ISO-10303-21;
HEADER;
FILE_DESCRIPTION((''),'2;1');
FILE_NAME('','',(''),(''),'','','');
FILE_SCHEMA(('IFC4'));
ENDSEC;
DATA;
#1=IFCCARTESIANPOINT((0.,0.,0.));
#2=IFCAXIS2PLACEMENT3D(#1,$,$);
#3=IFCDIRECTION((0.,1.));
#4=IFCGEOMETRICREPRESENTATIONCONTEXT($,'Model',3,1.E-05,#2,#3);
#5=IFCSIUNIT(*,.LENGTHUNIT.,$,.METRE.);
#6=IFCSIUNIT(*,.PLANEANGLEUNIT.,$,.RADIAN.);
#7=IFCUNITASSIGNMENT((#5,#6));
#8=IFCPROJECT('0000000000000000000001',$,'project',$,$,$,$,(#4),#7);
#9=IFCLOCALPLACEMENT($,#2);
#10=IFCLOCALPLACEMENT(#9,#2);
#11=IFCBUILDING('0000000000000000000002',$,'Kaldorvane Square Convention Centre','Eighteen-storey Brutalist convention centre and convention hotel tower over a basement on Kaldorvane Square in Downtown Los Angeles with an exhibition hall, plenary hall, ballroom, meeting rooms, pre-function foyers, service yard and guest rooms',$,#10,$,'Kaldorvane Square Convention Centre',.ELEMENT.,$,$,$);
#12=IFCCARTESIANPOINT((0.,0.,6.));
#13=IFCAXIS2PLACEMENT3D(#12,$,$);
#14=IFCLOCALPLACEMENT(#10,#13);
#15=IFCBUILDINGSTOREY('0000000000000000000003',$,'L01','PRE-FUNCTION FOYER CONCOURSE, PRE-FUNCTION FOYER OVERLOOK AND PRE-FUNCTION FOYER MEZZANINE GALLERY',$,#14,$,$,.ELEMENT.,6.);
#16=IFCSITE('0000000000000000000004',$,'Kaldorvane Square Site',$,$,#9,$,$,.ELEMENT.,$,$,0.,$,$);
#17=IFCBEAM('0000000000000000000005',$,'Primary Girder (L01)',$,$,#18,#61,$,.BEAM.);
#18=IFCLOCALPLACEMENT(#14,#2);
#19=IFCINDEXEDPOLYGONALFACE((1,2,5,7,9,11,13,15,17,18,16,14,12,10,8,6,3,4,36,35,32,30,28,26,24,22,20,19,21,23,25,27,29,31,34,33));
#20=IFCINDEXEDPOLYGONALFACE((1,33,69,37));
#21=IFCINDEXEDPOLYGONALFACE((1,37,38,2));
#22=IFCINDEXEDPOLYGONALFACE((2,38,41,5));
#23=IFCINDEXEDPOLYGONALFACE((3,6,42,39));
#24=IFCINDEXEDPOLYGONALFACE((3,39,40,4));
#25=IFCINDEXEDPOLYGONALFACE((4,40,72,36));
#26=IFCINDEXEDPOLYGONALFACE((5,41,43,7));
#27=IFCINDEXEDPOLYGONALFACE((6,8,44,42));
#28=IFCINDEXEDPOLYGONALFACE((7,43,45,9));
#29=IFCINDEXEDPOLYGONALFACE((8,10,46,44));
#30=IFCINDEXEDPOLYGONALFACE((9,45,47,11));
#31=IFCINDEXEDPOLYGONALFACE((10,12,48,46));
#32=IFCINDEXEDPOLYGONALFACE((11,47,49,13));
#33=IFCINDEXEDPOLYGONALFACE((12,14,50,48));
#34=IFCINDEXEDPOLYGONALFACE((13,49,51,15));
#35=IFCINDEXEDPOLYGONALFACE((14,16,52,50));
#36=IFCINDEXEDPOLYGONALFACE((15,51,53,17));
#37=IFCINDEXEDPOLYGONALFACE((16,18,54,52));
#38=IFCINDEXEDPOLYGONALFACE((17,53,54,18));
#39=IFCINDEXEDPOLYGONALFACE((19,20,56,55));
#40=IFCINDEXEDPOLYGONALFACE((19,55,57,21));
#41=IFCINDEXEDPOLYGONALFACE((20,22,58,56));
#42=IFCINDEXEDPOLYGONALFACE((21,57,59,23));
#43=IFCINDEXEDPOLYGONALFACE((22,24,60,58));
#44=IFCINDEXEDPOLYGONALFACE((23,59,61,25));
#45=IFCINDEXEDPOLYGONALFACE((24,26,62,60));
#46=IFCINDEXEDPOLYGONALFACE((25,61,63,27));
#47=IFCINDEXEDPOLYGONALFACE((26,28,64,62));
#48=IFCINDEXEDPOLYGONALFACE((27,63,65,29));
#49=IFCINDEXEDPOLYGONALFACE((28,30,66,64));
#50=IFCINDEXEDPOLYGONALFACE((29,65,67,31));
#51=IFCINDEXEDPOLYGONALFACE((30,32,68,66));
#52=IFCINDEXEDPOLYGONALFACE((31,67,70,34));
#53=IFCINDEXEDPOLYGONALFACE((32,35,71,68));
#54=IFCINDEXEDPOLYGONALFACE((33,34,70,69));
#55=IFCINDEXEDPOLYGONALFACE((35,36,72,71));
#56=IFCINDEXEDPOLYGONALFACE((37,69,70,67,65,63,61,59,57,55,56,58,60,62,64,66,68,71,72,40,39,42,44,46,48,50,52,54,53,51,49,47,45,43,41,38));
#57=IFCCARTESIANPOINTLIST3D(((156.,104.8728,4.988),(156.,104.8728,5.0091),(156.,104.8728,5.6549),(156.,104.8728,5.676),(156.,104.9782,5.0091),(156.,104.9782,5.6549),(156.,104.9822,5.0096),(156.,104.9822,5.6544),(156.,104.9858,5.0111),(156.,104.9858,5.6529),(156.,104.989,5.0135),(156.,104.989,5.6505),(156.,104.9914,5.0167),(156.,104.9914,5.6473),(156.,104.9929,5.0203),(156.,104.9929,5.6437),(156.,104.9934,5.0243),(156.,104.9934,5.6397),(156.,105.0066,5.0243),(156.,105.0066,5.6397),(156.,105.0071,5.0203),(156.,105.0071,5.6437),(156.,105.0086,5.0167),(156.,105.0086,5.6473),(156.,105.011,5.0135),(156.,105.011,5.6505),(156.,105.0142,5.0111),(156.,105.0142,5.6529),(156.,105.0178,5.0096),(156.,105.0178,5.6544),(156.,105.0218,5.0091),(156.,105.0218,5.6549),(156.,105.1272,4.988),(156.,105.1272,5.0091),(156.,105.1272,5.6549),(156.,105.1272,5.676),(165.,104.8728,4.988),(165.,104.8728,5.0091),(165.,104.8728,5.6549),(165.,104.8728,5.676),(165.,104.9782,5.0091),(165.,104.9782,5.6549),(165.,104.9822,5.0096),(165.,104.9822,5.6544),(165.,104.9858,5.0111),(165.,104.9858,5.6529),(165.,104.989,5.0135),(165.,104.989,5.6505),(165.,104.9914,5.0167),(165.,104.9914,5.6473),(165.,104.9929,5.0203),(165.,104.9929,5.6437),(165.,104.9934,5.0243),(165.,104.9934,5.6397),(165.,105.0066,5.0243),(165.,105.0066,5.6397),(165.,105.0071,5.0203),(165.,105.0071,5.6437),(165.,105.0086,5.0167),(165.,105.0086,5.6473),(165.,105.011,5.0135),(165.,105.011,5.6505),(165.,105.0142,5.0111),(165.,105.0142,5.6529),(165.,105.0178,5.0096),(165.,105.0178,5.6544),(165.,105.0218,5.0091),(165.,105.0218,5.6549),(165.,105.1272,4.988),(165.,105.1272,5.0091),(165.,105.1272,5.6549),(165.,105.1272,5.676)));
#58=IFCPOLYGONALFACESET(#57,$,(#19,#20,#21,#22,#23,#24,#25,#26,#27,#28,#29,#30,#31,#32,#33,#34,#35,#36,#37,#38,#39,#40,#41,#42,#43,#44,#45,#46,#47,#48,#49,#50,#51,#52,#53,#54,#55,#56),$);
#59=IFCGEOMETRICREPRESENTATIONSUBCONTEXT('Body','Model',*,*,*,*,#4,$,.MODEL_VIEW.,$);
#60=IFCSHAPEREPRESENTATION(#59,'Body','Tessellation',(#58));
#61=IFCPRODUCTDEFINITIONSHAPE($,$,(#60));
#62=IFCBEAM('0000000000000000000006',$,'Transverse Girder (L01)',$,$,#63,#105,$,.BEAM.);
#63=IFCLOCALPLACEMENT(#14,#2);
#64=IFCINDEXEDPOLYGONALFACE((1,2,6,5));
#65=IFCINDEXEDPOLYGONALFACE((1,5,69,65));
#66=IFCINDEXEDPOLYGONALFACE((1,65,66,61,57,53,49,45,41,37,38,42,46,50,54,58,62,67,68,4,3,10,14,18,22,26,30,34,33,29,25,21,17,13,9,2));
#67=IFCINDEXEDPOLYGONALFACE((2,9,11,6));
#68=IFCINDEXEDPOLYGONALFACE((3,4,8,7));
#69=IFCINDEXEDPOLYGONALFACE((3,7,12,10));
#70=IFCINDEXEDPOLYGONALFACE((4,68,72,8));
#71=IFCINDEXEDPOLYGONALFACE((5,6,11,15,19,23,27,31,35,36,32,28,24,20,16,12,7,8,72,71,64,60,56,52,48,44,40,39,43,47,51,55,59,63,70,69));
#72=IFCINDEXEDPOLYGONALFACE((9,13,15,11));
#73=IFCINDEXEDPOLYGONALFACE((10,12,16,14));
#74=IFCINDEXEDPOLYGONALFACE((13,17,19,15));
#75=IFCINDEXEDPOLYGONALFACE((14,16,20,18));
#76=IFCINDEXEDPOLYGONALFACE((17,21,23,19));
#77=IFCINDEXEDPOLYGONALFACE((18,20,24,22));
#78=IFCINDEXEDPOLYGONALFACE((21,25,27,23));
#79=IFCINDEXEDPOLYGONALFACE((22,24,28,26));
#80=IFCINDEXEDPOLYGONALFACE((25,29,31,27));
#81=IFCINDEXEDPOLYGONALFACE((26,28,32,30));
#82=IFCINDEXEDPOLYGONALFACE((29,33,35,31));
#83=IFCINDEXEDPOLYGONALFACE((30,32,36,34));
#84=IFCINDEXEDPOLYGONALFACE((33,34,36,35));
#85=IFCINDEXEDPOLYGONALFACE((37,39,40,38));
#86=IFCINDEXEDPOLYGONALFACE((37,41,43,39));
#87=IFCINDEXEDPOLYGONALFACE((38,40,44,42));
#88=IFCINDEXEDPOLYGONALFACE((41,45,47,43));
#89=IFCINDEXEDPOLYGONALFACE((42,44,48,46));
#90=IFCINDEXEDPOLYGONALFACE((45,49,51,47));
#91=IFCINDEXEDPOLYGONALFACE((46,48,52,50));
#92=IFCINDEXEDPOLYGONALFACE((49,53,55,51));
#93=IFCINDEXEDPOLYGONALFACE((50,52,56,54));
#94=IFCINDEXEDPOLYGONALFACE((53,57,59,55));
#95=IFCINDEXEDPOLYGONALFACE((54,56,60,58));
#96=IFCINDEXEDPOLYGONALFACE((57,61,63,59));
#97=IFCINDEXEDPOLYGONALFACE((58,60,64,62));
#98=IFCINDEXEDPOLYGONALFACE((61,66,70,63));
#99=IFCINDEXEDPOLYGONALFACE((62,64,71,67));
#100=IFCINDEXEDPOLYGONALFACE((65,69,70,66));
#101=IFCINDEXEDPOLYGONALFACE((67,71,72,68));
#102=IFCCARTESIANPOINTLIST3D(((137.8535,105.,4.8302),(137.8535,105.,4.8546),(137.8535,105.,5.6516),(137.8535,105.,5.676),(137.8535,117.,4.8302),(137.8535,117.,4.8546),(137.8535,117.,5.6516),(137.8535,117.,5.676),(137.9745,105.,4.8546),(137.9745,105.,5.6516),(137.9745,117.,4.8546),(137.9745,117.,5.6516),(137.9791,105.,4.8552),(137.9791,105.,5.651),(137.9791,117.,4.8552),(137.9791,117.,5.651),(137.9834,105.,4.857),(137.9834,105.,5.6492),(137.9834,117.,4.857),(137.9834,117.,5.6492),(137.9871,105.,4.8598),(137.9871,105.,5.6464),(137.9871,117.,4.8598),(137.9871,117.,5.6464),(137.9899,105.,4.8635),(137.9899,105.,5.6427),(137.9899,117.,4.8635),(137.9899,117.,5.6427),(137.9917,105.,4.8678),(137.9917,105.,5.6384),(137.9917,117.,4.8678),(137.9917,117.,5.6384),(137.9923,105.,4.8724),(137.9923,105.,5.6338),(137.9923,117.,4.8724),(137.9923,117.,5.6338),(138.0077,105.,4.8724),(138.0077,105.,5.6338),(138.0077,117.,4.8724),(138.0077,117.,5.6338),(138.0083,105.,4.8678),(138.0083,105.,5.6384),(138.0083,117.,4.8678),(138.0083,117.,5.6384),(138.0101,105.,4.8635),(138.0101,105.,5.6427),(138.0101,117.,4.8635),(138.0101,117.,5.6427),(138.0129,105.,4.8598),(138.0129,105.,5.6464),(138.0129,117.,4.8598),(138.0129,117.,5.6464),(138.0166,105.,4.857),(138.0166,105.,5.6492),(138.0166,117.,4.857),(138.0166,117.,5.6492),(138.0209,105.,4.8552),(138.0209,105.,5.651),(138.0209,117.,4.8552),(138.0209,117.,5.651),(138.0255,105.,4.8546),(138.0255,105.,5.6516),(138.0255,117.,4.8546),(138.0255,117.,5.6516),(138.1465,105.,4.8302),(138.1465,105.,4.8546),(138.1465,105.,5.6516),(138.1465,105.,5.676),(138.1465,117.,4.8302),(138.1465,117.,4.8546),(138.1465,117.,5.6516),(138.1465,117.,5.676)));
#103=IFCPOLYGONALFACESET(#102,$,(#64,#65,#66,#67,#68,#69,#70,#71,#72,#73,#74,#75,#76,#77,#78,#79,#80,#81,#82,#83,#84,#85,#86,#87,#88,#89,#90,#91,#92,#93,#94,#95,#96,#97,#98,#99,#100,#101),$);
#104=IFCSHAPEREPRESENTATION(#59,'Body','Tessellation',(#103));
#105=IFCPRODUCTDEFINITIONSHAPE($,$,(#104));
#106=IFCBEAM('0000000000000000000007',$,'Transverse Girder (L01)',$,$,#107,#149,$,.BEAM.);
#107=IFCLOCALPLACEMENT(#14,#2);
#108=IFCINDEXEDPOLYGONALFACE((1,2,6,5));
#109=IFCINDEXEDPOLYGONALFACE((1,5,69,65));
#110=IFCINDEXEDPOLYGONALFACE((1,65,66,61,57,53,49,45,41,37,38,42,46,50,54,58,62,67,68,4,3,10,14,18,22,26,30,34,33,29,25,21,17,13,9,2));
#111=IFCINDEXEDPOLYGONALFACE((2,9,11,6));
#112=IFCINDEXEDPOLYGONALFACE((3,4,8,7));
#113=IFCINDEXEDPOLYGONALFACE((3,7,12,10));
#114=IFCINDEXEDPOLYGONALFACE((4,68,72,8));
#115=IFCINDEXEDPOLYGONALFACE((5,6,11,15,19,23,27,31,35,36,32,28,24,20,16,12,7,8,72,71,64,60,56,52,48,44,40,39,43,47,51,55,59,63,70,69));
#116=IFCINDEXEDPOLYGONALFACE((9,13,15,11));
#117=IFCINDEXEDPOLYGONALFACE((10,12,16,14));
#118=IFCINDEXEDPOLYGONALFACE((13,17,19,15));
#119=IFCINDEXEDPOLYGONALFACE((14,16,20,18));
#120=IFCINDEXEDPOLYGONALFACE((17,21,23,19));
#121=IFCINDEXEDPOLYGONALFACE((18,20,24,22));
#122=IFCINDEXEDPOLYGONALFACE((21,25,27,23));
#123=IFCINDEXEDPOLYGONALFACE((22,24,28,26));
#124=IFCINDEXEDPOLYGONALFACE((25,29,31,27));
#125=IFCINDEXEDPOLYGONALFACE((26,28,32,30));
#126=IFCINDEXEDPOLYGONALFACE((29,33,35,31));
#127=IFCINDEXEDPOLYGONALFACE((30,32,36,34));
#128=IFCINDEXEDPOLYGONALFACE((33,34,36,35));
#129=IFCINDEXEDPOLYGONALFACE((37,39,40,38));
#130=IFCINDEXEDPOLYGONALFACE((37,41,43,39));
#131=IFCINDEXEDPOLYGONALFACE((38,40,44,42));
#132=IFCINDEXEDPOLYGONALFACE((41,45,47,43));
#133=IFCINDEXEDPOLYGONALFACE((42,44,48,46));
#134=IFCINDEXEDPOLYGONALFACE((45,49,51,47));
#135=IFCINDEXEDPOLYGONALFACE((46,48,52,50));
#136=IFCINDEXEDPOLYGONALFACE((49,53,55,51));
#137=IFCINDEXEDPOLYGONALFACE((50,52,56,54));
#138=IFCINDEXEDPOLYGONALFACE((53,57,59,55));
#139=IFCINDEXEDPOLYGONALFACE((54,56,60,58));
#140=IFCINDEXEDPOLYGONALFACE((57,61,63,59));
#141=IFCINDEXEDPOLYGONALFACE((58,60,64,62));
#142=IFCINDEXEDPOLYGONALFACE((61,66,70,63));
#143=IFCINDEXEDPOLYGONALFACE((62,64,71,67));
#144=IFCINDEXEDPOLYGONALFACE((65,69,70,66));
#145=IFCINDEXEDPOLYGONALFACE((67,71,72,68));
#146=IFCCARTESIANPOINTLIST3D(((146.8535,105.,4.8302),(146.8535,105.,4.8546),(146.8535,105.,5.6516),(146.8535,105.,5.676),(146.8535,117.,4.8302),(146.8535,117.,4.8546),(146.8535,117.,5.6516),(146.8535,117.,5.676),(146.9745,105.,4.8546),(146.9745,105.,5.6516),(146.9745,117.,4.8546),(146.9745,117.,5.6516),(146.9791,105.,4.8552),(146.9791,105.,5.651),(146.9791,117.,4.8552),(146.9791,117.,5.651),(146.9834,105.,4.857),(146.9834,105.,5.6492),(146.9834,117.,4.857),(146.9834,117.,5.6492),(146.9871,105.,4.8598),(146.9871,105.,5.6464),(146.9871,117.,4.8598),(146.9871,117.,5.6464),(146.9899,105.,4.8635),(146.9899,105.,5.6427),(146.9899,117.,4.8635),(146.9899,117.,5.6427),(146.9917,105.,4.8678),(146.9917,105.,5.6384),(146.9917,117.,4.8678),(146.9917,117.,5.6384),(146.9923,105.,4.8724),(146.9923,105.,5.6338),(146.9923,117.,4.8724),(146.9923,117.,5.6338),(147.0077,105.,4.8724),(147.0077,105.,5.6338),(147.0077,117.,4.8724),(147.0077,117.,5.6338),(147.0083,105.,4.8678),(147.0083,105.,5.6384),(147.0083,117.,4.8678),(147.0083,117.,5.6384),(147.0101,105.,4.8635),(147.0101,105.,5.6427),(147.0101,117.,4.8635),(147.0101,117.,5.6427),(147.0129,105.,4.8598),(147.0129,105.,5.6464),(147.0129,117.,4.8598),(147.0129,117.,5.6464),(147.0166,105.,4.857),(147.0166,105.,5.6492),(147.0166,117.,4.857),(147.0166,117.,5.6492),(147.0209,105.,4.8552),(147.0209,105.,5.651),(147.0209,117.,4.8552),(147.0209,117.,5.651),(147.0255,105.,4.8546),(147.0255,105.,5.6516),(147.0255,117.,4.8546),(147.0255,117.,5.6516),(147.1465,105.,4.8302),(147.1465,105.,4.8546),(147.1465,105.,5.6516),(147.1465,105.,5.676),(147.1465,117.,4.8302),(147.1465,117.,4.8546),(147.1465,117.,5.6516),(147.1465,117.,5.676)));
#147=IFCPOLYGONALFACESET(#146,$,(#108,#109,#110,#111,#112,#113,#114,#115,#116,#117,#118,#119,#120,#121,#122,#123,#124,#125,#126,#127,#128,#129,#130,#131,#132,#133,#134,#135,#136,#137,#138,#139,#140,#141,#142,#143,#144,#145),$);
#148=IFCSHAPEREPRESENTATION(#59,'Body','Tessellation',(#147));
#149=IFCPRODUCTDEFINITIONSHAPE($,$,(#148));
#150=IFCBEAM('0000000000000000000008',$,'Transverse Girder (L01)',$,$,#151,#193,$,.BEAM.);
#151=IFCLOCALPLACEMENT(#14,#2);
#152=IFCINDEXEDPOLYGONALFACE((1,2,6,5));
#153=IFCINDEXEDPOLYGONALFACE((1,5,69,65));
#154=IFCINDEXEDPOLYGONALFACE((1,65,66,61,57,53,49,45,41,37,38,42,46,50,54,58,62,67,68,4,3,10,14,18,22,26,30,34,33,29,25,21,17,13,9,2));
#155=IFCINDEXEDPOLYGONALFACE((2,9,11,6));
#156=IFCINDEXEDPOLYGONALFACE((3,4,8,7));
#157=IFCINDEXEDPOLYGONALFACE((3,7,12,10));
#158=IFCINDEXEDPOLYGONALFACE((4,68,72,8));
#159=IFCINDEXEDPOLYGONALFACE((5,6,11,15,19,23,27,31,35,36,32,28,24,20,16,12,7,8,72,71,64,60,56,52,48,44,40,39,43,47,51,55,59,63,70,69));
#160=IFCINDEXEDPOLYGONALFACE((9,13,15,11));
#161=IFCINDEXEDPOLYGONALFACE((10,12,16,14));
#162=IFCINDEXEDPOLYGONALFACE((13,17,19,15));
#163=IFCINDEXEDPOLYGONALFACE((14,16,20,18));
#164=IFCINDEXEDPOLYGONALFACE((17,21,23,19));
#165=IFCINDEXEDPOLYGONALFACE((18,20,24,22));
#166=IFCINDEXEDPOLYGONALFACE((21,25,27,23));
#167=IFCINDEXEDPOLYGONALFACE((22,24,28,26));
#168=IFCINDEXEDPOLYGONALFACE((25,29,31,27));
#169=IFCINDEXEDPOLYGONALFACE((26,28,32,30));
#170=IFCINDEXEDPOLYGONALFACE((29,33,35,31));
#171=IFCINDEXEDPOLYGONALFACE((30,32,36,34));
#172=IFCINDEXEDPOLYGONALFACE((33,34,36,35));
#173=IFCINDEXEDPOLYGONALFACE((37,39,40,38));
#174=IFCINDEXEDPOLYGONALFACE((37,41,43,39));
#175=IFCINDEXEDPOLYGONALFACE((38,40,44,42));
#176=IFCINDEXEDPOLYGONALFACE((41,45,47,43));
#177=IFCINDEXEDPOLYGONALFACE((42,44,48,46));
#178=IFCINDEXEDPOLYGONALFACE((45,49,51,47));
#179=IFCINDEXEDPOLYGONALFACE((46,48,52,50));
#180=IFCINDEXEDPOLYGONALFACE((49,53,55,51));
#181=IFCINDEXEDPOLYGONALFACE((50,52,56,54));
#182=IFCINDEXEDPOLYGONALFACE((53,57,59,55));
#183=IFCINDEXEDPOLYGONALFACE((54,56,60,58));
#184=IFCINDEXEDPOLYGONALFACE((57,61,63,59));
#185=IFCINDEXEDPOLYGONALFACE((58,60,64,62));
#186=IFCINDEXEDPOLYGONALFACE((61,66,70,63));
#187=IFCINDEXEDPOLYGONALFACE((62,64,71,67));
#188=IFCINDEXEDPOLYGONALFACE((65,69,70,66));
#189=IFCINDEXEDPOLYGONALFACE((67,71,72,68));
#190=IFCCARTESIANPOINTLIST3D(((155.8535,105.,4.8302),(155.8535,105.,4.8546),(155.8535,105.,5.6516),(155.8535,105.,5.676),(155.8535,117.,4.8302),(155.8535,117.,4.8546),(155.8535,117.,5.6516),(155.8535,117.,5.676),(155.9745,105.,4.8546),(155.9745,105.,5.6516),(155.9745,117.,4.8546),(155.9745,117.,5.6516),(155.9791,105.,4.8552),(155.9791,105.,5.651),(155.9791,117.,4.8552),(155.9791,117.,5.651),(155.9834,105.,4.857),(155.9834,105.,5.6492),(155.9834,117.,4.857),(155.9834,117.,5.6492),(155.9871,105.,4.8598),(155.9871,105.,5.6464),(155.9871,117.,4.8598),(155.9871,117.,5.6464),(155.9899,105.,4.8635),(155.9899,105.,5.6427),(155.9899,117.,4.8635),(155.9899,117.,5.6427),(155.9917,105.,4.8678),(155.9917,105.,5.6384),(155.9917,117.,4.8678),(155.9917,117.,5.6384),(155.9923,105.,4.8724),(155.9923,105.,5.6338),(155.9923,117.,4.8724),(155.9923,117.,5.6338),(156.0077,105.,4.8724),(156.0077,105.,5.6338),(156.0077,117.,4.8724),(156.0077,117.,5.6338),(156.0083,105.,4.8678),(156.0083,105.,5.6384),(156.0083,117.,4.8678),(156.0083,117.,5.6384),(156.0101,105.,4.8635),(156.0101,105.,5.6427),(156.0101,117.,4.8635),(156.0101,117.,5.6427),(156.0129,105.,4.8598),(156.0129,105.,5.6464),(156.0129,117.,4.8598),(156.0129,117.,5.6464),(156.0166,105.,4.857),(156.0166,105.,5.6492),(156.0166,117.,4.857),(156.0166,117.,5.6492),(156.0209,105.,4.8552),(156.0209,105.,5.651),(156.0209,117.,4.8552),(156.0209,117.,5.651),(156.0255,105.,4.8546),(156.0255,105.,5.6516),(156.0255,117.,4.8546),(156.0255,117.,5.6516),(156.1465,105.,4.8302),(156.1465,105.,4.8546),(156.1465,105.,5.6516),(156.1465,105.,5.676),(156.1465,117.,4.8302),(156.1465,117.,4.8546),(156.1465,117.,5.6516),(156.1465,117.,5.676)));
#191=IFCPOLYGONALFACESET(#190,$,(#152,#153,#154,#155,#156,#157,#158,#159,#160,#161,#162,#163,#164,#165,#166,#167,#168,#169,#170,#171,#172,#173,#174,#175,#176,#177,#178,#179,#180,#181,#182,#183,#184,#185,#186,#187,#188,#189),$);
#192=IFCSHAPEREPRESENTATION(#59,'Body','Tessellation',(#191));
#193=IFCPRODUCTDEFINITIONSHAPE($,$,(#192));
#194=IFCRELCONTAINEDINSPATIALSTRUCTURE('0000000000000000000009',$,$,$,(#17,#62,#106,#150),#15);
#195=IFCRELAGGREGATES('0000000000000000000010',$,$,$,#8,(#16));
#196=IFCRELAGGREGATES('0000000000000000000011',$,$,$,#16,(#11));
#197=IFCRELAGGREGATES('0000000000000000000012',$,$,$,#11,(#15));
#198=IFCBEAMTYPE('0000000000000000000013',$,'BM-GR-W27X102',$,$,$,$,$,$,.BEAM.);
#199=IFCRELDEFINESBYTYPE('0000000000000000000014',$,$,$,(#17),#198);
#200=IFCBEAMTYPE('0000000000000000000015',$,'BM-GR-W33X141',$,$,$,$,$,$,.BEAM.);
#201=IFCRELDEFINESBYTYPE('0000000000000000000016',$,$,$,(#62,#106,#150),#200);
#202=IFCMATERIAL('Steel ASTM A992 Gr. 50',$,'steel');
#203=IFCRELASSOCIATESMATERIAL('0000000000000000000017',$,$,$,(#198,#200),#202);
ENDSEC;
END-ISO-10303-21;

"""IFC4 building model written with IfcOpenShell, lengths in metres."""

from ifc_helpers import new_model, si_unit, direction, frame, origin, origin_2d, place, context, subcontext, project, spatial, i_section, extrude, material, material_profile, profile_set, type_object, element, save


model = new_model("IFC4")

# Units and contexts
model_context = context("Model", 3, precision=1e-05, world=origin(), true_north=direction((0.0, 1.0)))
body_context = subcontext(model_context, "Body", "Model", "MODEL_VIEW")
ifc_project = project(units=[si_unit("LENGTHUNIT", "METRE"), si_unit("PLANEANGLEUNIT", "RADIAN")], contexts=[model_context])

# Site, building, storey
site_placement = place(None, origin())
site = spatial("IfcSite", under=ifc_project, at=site_placement, Name="Kaldorvane Square Site", CompositionType="ELEMENT", RefElevation=0.0)
building_placement = place(site_placement, origin())
building = spatial("IfcBuilding", under=site, at=building_placement, Name="Kaldorvane Square Convention Centre", Description="Eighteen-storey Brutalist convention centre and convention hotel tower over a basement on Kaldorvane Square in Downtown Los Angeles with an exhibition hall, plenary hall, ballroom, meeting rooms, pre-function foyers, service yard and guest rooms", LongName="Kaldorvane Square Convention Centre", CompositionType="ELEMENT")
storey_placement = place(building_placement, frame((0.0, 0.0, 6.0)))
storey = spatial("IfcBuildingStorey", under=building, at=storey_placement, Name="L01", Description="PRE-FUNCTION FOYER CONCOURSE, PRE-FUNCTION FOYER OVERLOOK AND PRE-FUNCTION FOYER MEZZANINE GALLERY", CompositionType="ELEMENT", Elevation=6.0)

# Shared definitions
ifc_material_1 = material(Name="Steel ASTM A992 Gr. 50", Category="steel")

# Beams
ifc_material_profile_1 = material_profile(ifc_material_1, i_section(OverallWidth=0.2544, OverallDepth=0.6881, WebThickness=0.0131, FlangeThickness=0.0211, FilletRadius=0.0152, at=origin_2d()), Name="W27X102")
ifc_profile_set_1 = profile_set([ifc_material_profile_1], Name="Steel ASTM A992 Gr. 50")
beam_type_1 = type_object("IfcBeamType", Name="BM-GR-W27X102", PredefinedType="BEAM", material=ifc_profile_set_1)
for number, where, z_axis, x_axis, name in (
    (1, (156.0, 105.0, 5.332), (1.0, 0.0, 0.0), (0.0, 1.0, 0.0), "Primary Girder (L01)"),
):
    element("IfcBeam", number, at=place(storey_placement, frame(where, z_axis=z_axis, x_axis=x_axis)), inside=storey, type_object=beam_type_1, Name=name, PredefinedType="BEAM", context=body_context, shape_type="SweptSolid", body=[
        extrude(i_section(OverallWidth=0.2544, OverallDepth=0.6881, WebThickness=0.0131, FlangeThickness=0.0211, FilletRadius=0.0152, at=origin_2d()), origin(), (0.0, 0.0, 1.0), 9.0),
    ])
ifc_material_profile_2 = material_profile(ifc_material_1, i_section(OverallWidth=0.293, OverallDepth=0.8458, WebThickness=0.0154, FlangeThickness=0.0244, FilletRadius=0.0178, at=origin_2d()), Name="W33X141")
ifc_profile_set_2 = profile_set([ifc_material_profile_2], Name="Steel ASTM A992 Gr. 50")
beam_type_2 = type_object("IfcBeamType", Name="BM-GR-W33X141", PredefinedType="BEAM", material=ifc_profile_set_2)
for number, where, z_axis, x_axis, name in (
    (2, (138.0, 105.0, 5.2531), (0.0, 1.0, 0.0), (-1.0, 0.0, 0.0), "Transverse Girder (L01)"),
    (3, (147.0, 105.0, 5.2531), (0.0, 1.0, 0.0), (-1.0, 0.0, 0.0), "Transverse Girder (L01)"),
    (4, (156.0, 105.0, 5.2531), (0.0, 1.0, 0.0), (-1.0, 0.0, 0.0), "Transverse Girder (L01)"),
):
    element("IfcBeam", number, at=place(storey_placement, frame(where, z_axis=z_axis, x_axis=x_axis)), inside=storey, type_object=beam_type_2, Name=name, PredefinedType="BEAM", context=body_context, shape_type="SweptSolid", body=[
        extrude(i_section(OverallWidth=0.293, OverallDepth=0.8458, WebThickness=0.0154, FlangeThickness=0.0244, FilletRadius=0.0178, at=origin_2d()), origin(), (0.0, 0.0, 1.0), 12.0),
    ])

save(model, "model.ifc")
